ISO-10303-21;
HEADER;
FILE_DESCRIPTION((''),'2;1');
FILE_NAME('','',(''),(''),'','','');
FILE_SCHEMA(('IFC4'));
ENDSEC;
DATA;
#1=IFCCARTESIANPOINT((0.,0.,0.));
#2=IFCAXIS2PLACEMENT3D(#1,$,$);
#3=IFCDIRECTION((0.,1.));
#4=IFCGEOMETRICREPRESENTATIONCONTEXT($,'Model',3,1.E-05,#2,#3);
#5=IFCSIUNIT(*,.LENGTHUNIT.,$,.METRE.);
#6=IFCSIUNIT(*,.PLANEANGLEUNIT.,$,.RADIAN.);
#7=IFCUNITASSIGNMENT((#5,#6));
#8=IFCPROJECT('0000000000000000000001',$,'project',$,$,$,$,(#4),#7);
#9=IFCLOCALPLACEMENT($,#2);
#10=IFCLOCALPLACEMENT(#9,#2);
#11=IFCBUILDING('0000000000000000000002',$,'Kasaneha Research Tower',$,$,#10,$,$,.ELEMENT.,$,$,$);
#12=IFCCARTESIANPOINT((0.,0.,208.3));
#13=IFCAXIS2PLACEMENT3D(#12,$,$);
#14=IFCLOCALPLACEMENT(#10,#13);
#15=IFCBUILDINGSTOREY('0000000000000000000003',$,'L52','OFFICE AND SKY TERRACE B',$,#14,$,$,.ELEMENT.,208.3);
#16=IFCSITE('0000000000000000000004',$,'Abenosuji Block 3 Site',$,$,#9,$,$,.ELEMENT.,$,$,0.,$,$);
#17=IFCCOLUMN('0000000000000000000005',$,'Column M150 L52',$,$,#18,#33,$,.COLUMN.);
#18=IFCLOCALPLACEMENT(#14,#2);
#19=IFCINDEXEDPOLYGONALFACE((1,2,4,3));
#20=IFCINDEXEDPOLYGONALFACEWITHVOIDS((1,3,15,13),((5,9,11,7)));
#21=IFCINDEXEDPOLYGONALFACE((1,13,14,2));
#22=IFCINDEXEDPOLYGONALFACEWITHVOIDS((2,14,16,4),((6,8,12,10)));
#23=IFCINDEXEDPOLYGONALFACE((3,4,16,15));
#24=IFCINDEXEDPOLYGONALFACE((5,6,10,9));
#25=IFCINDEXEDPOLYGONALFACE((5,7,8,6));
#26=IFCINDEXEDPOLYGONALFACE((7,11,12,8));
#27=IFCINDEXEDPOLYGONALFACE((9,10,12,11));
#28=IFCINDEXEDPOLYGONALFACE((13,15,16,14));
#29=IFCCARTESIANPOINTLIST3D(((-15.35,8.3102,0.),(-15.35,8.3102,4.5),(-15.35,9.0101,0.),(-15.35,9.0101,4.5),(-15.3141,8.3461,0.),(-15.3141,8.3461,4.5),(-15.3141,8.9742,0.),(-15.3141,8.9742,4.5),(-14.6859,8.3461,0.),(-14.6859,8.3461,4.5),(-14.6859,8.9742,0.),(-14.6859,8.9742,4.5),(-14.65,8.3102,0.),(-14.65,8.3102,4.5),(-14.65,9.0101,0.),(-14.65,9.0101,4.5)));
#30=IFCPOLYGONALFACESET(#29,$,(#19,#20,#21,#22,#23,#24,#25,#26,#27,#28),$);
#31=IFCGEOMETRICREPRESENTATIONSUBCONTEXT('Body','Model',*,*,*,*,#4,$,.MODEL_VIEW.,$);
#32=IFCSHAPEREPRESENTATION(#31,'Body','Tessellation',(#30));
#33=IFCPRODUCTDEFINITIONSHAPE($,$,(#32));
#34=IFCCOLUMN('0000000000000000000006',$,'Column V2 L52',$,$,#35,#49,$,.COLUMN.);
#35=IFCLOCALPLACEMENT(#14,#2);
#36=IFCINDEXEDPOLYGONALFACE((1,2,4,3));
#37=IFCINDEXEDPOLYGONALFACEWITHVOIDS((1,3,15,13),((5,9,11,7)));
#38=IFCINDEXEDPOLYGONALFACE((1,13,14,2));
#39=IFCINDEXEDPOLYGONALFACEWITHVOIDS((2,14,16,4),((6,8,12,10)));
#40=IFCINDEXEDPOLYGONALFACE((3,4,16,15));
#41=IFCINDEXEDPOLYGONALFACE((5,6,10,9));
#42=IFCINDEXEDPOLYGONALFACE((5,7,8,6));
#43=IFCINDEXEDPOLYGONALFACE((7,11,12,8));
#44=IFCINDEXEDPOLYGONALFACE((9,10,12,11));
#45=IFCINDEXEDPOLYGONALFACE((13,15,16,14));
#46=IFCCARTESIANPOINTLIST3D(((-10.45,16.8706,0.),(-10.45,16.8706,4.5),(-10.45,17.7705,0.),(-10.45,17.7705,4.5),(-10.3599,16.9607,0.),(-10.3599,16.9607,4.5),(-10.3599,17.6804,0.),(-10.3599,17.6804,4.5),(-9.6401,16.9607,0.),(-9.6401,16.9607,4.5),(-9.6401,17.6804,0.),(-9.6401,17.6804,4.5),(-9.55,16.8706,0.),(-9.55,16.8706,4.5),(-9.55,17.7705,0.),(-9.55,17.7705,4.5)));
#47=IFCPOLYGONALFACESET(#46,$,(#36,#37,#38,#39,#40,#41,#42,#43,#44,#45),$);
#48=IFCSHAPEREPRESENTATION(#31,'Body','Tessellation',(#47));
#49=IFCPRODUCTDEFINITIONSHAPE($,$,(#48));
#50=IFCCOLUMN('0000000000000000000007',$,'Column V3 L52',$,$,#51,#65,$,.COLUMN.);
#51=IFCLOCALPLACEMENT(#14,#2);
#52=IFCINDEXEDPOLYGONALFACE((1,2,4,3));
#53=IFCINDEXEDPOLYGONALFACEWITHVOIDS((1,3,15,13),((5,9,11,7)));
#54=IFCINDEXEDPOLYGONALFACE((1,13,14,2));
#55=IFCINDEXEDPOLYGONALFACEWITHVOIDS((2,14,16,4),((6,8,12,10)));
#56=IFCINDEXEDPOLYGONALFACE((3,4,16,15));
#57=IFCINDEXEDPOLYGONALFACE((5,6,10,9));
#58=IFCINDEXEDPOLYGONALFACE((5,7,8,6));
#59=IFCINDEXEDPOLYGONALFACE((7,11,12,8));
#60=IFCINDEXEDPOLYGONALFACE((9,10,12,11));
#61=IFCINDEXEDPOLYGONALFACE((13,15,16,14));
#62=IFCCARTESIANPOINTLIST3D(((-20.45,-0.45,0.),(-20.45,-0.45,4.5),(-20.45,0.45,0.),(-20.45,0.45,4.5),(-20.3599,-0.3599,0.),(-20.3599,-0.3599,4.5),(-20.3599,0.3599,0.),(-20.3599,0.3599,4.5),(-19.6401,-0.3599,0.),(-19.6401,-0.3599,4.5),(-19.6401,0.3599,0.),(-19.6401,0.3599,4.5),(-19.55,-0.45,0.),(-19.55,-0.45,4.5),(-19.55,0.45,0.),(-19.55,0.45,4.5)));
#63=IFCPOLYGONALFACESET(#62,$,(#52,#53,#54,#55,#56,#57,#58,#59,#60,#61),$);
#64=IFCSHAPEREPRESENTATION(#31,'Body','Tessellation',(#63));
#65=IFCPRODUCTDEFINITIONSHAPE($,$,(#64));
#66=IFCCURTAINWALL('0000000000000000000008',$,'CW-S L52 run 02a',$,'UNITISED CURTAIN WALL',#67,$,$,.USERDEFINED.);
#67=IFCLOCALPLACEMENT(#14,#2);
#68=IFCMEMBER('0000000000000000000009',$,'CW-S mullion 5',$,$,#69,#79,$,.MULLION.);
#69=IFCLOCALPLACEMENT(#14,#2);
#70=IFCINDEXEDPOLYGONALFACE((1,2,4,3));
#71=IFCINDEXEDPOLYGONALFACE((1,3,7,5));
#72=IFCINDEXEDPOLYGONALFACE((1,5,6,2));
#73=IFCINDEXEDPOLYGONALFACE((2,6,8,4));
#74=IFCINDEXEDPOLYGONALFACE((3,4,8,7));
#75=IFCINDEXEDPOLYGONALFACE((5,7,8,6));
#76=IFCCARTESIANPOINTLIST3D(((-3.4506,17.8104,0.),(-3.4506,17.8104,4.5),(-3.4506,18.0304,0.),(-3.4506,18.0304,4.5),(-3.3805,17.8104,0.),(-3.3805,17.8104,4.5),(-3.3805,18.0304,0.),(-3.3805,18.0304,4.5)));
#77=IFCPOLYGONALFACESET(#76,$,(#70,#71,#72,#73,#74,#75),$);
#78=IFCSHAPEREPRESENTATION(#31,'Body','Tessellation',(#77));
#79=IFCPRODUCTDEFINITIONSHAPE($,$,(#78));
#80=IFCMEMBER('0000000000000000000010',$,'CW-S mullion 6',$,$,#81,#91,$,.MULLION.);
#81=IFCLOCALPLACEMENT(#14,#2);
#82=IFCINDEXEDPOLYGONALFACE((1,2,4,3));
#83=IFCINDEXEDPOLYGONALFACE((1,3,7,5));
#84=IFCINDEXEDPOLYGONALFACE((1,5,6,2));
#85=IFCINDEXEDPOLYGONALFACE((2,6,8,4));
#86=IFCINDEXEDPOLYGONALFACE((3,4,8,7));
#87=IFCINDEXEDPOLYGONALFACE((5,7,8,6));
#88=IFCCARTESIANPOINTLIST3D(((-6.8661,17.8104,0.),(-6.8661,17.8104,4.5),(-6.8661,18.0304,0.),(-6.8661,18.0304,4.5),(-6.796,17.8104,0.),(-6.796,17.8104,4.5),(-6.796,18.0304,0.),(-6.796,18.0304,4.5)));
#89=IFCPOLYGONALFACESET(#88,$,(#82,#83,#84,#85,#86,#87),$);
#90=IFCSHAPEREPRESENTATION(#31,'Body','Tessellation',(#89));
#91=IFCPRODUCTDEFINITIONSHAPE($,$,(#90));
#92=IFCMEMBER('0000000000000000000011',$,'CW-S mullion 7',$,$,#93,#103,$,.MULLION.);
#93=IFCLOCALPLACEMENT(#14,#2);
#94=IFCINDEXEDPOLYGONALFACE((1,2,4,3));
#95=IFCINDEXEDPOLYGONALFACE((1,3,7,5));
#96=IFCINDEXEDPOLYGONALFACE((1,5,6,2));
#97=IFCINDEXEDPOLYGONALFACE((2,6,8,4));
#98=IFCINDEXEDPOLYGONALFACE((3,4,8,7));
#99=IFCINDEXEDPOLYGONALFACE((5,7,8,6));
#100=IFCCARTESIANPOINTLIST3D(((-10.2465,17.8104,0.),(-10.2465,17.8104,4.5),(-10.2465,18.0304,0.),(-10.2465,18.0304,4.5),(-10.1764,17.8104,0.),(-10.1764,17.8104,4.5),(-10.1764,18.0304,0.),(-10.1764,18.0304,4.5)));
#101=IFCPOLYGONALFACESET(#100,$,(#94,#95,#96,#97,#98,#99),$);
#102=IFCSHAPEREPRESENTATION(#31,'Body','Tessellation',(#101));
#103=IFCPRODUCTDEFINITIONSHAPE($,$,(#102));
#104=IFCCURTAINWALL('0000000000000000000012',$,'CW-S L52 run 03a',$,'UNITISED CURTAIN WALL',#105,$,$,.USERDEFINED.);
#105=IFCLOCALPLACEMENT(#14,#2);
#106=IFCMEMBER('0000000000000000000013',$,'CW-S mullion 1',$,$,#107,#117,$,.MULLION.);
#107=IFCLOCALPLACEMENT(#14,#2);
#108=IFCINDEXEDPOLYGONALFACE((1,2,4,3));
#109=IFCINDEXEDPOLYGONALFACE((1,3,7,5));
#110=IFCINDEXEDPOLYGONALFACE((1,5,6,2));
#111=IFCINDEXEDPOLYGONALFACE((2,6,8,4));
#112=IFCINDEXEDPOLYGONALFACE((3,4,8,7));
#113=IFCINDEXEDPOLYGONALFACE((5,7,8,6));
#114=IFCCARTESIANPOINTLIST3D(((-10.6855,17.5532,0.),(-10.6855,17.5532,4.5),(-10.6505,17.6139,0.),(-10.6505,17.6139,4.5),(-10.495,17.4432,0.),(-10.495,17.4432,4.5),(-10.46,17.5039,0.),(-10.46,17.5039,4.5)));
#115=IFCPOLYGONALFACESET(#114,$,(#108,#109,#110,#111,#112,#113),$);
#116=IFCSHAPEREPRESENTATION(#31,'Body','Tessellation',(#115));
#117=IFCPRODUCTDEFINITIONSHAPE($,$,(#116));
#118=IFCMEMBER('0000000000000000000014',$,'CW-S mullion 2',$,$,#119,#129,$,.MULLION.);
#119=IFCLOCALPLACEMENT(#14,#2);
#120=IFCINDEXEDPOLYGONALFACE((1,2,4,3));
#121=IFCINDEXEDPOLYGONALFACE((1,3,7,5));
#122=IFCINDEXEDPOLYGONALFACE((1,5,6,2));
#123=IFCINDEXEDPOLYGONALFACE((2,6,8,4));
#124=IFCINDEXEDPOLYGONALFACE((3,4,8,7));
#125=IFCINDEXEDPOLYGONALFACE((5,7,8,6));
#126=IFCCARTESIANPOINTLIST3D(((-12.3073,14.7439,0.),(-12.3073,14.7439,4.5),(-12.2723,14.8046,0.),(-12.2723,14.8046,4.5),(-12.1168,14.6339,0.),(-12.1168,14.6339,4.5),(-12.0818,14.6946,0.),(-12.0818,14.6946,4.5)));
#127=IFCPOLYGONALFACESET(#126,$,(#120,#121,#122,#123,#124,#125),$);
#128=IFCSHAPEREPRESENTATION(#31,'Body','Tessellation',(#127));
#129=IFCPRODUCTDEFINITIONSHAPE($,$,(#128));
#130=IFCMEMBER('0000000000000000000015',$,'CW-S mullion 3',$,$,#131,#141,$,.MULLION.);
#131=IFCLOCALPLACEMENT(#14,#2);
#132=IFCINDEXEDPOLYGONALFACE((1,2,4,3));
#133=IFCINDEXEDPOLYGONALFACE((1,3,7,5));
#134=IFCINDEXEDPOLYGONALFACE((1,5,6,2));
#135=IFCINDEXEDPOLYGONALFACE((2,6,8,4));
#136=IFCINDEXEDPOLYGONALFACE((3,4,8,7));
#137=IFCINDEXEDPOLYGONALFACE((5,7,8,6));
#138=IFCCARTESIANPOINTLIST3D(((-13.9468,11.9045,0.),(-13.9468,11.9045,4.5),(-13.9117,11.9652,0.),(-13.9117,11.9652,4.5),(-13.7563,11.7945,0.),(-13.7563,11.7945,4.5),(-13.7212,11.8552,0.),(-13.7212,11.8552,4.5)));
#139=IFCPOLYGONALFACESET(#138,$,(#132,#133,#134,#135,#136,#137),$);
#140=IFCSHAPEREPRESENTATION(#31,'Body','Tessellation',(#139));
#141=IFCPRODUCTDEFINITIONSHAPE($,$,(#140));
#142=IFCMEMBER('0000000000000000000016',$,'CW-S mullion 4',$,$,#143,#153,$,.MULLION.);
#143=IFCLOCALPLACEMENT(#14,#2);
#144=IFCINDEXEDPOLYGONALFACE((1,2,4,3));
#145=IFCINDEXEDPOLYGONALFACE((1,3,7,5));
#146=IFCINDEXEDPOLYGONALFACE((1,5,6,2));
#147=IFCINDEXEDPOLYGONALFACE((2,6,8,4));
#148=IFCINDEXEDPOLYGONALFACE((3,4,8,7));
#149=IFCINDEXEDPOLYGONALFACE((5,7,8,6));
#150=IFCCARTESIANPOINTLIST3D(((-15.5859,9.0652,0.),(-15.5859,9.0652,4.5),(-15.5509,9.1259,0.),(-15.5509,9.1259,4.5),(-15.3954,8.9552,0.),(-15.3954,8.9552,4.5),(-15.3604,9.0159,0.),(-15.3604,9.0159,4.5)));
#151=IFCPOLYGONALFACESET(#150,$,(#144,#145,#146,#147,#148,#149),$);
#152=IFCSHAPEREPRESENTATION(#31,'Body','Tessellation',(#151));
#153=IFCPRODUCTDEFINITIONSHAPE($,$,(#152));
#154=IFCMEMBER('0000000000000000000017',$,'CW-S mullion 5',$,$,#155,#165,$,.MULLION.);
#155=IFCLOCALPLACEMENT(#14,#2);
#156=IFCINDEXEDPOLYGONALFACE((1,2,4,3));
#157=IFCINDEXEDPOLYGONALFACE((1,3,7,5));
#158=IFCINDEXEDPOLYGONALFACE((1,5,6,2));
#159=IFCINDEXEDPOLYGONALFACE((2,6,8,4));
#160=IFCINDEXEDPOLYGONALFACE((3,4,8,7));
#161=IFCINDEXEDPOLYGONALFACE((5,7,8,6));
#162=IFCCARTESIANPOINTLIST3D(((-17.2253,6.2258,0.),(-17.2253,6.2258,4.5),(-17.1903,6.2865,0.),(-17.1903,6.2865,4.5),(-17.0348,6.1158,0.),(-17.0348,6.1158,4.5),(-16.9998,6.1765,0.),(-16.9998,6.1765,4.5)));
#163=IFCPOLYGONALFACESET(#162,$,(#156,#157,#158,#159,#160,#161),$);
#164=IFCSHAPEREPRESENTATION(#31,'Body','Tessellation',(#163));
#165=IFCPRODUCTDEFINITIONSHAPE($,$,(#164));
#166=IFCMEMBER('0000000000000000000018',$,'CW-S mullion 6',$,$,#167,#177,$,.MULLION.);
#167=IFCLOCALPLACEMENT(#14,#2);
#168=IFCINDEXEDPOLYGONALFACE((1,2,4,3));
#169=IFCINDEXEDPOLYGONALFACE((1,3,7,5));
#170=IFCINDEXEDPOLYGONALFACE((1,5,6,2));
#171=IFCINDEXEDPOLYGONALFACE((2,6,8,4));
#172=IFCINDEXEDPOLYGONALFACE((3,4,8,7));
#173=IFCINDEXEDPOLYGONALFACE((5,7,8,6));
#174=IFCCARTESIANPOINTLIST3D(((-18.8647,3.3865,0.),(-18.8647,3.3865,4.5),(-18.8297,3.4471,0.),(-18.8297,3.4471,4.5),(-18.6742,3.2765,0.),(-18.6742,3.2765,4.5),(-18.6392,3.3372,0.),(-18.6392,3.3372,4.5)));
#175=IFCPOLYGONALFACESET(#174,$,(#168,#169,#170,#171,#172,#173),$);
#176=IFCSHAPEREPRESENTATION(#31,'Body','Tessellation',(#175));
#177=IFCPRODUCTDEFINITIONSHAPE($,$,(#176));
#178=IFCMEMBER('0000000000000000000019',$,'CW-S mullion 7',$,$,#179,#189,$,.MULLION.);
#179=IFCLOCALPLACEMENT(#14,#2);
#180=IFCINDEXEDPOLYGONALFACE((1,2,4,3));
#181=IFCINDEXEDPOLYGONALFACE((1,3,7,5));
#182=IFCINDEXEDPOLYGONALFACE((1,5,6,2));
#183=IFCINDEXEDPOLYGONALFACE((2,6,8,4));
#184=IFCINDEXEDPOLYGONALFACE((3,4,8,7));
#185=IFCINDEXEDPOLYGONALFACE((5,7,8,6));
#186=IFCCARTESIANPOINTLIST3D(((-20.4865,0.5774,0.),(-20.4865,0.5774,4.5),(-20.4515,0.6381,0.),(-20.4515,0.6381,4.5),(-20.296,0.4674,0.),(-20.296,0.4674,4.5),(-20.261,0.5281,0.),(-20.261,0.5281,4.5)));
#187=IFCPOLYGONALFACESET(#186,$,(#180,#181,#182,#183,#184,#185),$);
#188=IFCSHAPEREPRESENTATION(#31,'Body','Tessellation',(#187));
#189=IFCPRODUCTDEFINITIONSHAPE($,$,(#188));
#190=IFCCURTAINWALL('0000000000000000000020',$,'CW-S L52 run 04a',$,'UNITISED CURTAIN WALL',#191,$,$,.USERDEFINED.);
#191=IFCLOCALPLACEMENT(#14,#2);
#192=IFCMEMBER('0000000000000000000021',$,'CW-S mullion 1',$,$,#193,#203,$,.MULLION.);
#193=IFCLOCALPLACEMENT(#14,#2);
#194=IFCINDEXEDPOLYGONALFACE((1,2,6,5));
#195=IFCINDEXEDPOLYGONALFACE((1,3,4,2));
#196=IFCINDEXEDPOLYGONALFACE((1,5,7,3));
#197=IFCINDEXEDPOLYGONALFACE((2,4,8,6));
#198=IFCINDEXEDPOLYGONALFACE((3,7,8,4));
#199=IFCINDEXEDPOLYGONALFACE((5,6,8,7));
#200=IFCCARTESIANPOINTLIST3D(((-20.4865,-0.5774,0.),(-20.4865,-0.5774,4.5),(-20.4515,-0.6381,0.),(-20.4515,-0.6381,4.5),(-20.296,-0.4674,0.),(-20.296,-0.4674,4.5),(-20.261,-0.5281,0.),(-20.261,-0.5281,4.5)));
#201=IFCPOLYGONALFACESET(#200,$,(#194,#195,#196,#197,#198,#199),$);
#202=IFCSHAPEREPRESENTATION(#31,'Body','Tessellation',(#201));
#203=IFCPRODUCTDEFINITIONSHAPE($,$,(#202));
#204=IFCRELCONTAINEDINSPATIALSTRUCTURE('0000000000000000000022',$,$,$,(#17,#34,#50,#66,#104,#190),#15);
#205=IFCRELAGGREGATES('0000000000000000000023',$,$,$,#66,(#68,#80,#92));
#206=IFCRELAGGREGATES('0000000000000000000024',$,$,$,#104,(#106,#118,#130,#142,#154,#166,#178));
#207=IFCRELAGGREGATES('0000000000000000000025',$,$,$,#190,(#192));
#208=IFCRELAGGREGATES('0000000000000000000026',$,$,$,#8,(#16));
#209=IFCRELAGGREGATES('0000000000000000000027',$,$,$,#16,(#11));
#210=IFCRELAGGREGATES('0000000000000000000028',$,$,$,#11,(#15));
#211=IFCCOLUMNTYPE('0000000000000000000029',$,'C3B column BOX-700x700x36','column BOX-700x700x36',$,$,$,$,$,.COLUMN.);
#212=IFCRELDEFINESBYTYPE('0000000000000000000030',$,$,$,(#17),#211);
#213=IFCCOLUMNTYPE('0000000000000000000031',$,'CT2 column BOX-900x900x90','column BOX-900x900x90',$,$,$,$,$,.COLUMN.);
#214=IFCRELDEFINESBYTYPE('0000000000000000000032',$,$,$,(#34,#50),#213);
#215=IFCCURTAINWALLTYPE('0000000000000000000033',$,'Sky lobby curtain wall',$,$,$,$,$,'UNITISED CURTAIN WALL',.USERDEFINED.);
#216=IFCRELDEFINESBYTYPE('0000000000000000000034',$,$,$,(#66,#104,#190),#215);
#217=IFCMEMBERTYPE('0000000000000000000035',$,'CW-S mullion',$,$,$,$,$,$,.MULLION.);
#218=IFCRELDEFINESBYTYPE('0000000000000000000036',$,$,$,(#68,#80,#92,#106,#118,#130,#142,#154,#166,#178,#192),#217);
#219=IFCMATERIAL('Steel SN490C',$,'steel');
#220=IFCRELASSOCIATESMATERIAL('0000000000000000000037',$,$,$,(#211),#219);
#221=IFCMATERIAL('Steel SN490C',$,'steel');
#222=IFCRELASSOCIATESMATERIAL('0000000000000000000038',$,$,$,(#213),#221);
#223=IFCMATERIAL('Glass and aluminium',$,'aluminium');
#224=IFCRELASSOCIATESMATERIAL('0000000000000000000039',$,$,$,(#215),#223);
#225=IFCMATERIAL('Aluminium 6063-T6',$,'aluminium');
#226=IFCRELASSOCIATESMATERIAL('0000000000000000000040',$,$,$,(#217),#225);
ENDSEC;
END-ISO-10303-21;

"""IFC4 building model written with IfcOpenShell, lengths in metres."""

from ifc_helpers import new_model, si_unit, direction, frame, origin, origin_2d, place, context, subcontext, project, spatial, rectangle, hollow_rectangle, extrude, material, material_profile, profile_set, type_object, element, aggregate, save


model = new_model("IFC4")

# Units and contexts
model_context = context("Model", 3, precision=1e-05, world=origin(), true_north=direction((0.0, 1.0)))
body_context = subcontext(model_context, "Body", "Model", "MODEL_VIEW")
ifc_project = project(units=[si_unit("LENGTHUNIT", "METRE"), si_unit("PLANEANGLEUNIT", "RADIAN")], contexts=[model_context])

# Site, building, storey
site_placement = place(None, origin())
site = spatial("IfcSite", under=ifc_project, at=site_placement, Name="Abenosuji Block 3 Site", CompositionType="ELEMENT", RefElevation=0.0)
building_placement = place(site_placement, origin())
building = spatial("IfcBuilding", under=site, at=building_placement, Name="Kasaneha Research Tower", CompositionType="ELEMENT")
storey_placement = place(building_placement, frame((0.0, 0.0, 208.3)))
storey = spatial("IfcBuildingStorey", under=building, at=storey_placement, Name="L52", Description="OFFICE AND SKY TERRACE B", CompositionType="ELEMENT", Elevation=208.3)

# Columns
ifc_material_1 = material(Name="Steel SN490C", Category="steel")
ifc_material_profile_1 = material_profile(ifc_material_1, hollow_rectangle(XDim=0.7, YDim=0.7, WallThickness=0.0359, at=origin_2d()), Name="BOX-700x700x36")
ifc_profile_set_1 = profile_set([ifc_material_profile_1], Name="Steel SN490C")
column_type_1 = type_object("IfcColumnType", Name="C3B column BOX-700x700x36", Description="column BOX-700x700x36", PredefinedType="COLUMN", material=ifc_profile_set_1)
column_placement = place(storey_placement, frame((-15.0, 8.6602, 0.0), z_axis=(0.0, 0.0, 1.0), x_axis=(1.0, 0.0, 0.0)))
element("IfcColumn", 1, at=column_placement, inside=storey, type_object=column_type_1, Name="Column M150 L52", PredefinedType="COLUMN", context=body_context, shape_type="SweptSolid", body=[
    extrude(hollow_rectangle(XDim=0.7, YDim=0.7, WallThickness=0.0359, at=origin_2d()), origin(), (0.0, 0.0, 1.0), 4.5),
])
ifc_material_2 = material(Name="Steel SN490C", Category="steel")
ifc_material_profile_2 = material_profile(ifc_material_2, hollow_rectangle(XDim=0.8999, YDim=0.8999, WallThickness=0.0901, at=origin_2d()), Name="BOX-900x900x90")
ifc_profile_set_2 = profile_set([ifc_material_profile_2], Name="Steel SN490C")
column_type_2 = type_object("IfcColumnType", Name="CT2 column BOX-900x900x90", Description="column BOX-900x900x90", PredefinedType="COLUMN", material=ifc_profile_set_2)
for number, where, z_axis, x_axis, name in (
    (2, (-10.0, 17.3206, 0.0), (0.0, 0.0, 1.0), (1.0, 0.0, 0.0), "Column V2 L52"),
    (3, (-20.0, 0.0, 0.0), (0.0, 0.0, 1.0), (1.0, 0.0, 0.0), "Column V3 L52"),
):
    element("IfcColumn", number, at=place(storey_placement, frame(where, z_axis=z_axis, x_axis=x_axis)), inside=storey, type_object=column_type_2, Name=name, PredefinedType="COLUMN", context=body_context, shape_type="SweptSolid", body=[
        extrude(hollow_rectangle(XDim=0.8999, YDim=0.8999, WallThickness=0.0901, at=origin_2d()), origin(), (0.0, 0.0, 1.0), 4.5),
    ])

# Curtain walls, members
ifc_material_3 = material(Name="Glass and aluminium", Category="aluminium")
curtain_wall_type = type_object("IfcCurtainWallType", Name="Sky lobby curtain wall", ElementType="UNITISED CURTAIN WALL", PredefinedType="USERDEFINED", material=ifc_material_3)
curtain_wall_1_placement = place(storey_placement, origin())
curtain_wall_1 = element("IfcCurtainWall", 4, at=curtain_wall_1_placement, inside=storey, type_object=curtain_wall_type, Name="CW-S L52 run 02a", ObjectType="UNITISED CURTAIN WALL", PredefinedType="USERDEFINED")
ifc_material_4 = material(Name="Aluminium 6063-T6", Category="aluminium")
ifc_material_profile_3 = material_profile(ifc_material_4, rectangle(XDim=0.0701, YDim=0.22, at=origin_2d()), Name="CW-S mullion 70x220")
ifc_profile_set_3 = profile_set([ifc_material_profile_3], Name="Aluminium 6063-T6")
member_type = type_object("IfcMemberType", Name="CW-S mullion", PredefinedType="MULLION", material=ifc_profile_set_3)
member_1_placement = place(storey_placement, frame((-3.4155, 17.9204, 0.0), z_axis=(0.0, 0.0, 1.0), x_axis=(-1.0, 0.0, 0.0)))
member_1 = element("IfcMember", 5, at=member_1_placement, type_object=member_type, Name="CW-S mullion 5", PredefinedType="MULLION", context=body_context, shape_type="SweptSolid", body=[
    extrude(rectangle(XDim=0.0701, YDim=0.22, at=origin_2d()), origin(), (0.0, 0.0, 1.0), 4.5),
])
member_2_placement = place(storey_placement, frame((-6.8311, 17.9204, 0.0), z_axis=(0.0, 0.0, 1.0), x_axis=(-1.0, 0.0, 0.0)))
member_2 = element("IfcMember", 6, at=member_2_placement, type_object=member_type, Name="CW-S mullion 6", PredefinedType="MULLION", context=body_context, shape_type="SweptSolid", body=[
    extrude(rectangle(XDim=0.0701, YDim=0.22, at=origin_2d()), origin(), (0.0, 0.0, 1.0), 4.5),
])
member_3_placement = place(storey_placement, frame((-10.2114, 17.9204, 0.0), z_axis=(0.0, 0.0, 1.0), x_axis=(-1.0, 0.0, 0.0)))
member_3 = element("IfcMember", 7, at=member_3_placement, type_object=member_type, Name="CW-S mullion 7", PredefinedType="MULLION", context=body_context, shape_type="SweptSolid", body=[
    extrude(rectangle(XDim=0.0701, YDim=0.22, at=origin_2d()), origin(), (0.0, 0.0, 1.0), 4.5),
])
aggregate(curtain_wall_1, [member_1, member_2, member_3])
curtain_wall_2_placement = place(storey_placement, origin())
curtain_wall_2 = element("IfcCurtainWall", 8, at=curtain_wall_2_placement, inside=storey, type_object=curtain_wall_type, Name="CW-S L52 run 03a", ObjectType="UNITISED CURTAIN WALL", PredefinedType="USERDEFINED")
member_4_placement = place(storey_placement, frame((-10.5728, 17.5286, 0.0), z_axis=(0.0, 0.0, 1.0), x_axis=(-0.5, -0.866025, 0.0)))
member_4 = element("IfcMember", 9, at=member_4_placement, type_object=member_type, Name="CW-S mullion 1", PredefinedType="MULLION", context=body_context, shape_type="SweptSolid", body=[
    extrude(rectangle(XDim=0.0701, YDim=0.22, at=origin_2d()), origin(), (0.0, 0.0, 1.0), 4.5),
])
member_5_placement = place(storey_placement, frame((-12.1946, 14.7192, 0.0), z_axis=(0.0, 0.0, 1.0), x_axis=(-0.5, -0.866025, 0.0)))
member_5 = element("IfcMember", 10, at=member_5_placement, type_object=member_type, Name="CW-S mullion 2", PredefinedType="MULLION", context=body_context, shape_type="SweptSolid", body=[
    extrude(rectangle(XDim=0.0701, YDim=0.22, at=origin_2d()), origin(), (0.0, 0.0, 1.0), 4.5),
])
member_6_placement = place(storey_placement, frame((-13.834, 11.8799, 0.0), z_axis=(0.0, 0.0, 1.0), x_axis=(-0.5, -0.866025, 0.0)))
member_6 = element("IfcMember", 11, at=member_6_placement, type_object=member_type, Name="CW-S mullion 3", PredefinedType="MULLION", context=body_context, shape_type="SweptSolid", body=[
    extrude(rectangle(XDim=0.0701, YDim=0.22, at=origin_2d()), origin(), (0.0, 0.0, 1.0), 4.5),
])
member_7_placement = place(storey_placement, frame((-15.4731, 9.0405, 0.0), z_axis=(0.0, 0.0, 1.0), x_axis=(-0.5, -0.866025, 0.0)))
member_7 = element("IfcMember", 12, at=member_7_placement, type_object=member_type, Name="CW-S mullion 4", PredefinedType="MULLION", context=body_context, shape_type="SweptSolid", body=[
    extrude(rectangle(XDim=0.0701, YDim=0.22, at=origin_2d()), origin(), (0.0, 0.0, 1.0), 4.5),
])
member_8_placement = place(storey_placement, frame((-17.1125, 6.2012, 0.0), z_axis=(0.0, 0.0, 1.0), x_axis=(-0.5, -0.866025, 0.0)))
member_8 = element("IfcMember", 13, at=member_8_placement, type_object=member_type, Name="CW-S mullion 5", PredefinedType="MULLION", context=body_context, shape_type="SweptSolid", body=[
    extrude(rectangle(XDim=0.0701, YDim=0.22, at=origin_2d()), origin(), (0.0, 0.0, 1.0), 4.5),
])
member_9_placement = place(storey_placement, frame((-18.752, 3.3618, 0.0), z_axis=(0.0, 0.0, 1.0), x_axis=(-0.5, -0.866025, 0.0)))
member_9 = element("IfcMember", 14, at=member_9_placement, type_object=member_type, Name="CW-S mullion 6", PredefinedType="MULLION", context=body_context, shape_type="SweptSolid", body=[
    extrude(rectangle(XDim=0.0701, YDim=0.22, at=origin_2d()), origin(), (0.0, 0.0, 1.0), 4.5),
])
member_10_placement = place(storey_placement, frame((-20.3738, 0.5527, 0.0), z_axis=(0.0, 0.0, 1.0), x_axis=(-0.5, -0.866025, 0.0)))
member_10 = element("IfcMember", 15, at=member_10_placement, type_object=member_type, Name="CW-S mullion 7", PredefinedType="MULLION", context=body_context, shape_type="SweptSolid", body=[
    extrude(rectangle(XDim=0.0701, YDim=0.22, at=origin_2d()), origin(), (0.0, 0.0, 1.0), 4.5),
])
aggregate(curtain_wall_2, [member_4, member_5, member_6, member_7, member_8, member_9, member_10])

# Curtain wall, member
curtain_wall_3_placement = place(storey_placement, origin())
curtain_wall_3 = element("IfcCurtainWall", 16, at=curtain_wall_3_placement, inside=storey, type_object=curtain_wall_type, Name="CW-S L52 run 04a", ObjectType="UNITISED CURTAIN WALL", PredefinedType="USERDEFINED")
member_11_placement = place(storey_placement, frame((-20.3738, -0.5527, 0.0), z_axis=(0.0, 0.0, 1.0), x_axis=(0.5, -0.866025, 0.0)))
member_11 = element("IfcMember", 17, at=member_11_placement, type_object=member_type, Name="CW-S mullion 1", PredefinedType="MULLION", context=body_context, shape_type="SweptSolid", body=[
    extrude(rectangle(XDim=0.0701, YDim=0.22, at=origin_2d()), origin(), (0.0, 0.0, 1.0), 4.5),
])
aggregate(curtain_wall_3, [member_11])

save(model, "model.ifc")
